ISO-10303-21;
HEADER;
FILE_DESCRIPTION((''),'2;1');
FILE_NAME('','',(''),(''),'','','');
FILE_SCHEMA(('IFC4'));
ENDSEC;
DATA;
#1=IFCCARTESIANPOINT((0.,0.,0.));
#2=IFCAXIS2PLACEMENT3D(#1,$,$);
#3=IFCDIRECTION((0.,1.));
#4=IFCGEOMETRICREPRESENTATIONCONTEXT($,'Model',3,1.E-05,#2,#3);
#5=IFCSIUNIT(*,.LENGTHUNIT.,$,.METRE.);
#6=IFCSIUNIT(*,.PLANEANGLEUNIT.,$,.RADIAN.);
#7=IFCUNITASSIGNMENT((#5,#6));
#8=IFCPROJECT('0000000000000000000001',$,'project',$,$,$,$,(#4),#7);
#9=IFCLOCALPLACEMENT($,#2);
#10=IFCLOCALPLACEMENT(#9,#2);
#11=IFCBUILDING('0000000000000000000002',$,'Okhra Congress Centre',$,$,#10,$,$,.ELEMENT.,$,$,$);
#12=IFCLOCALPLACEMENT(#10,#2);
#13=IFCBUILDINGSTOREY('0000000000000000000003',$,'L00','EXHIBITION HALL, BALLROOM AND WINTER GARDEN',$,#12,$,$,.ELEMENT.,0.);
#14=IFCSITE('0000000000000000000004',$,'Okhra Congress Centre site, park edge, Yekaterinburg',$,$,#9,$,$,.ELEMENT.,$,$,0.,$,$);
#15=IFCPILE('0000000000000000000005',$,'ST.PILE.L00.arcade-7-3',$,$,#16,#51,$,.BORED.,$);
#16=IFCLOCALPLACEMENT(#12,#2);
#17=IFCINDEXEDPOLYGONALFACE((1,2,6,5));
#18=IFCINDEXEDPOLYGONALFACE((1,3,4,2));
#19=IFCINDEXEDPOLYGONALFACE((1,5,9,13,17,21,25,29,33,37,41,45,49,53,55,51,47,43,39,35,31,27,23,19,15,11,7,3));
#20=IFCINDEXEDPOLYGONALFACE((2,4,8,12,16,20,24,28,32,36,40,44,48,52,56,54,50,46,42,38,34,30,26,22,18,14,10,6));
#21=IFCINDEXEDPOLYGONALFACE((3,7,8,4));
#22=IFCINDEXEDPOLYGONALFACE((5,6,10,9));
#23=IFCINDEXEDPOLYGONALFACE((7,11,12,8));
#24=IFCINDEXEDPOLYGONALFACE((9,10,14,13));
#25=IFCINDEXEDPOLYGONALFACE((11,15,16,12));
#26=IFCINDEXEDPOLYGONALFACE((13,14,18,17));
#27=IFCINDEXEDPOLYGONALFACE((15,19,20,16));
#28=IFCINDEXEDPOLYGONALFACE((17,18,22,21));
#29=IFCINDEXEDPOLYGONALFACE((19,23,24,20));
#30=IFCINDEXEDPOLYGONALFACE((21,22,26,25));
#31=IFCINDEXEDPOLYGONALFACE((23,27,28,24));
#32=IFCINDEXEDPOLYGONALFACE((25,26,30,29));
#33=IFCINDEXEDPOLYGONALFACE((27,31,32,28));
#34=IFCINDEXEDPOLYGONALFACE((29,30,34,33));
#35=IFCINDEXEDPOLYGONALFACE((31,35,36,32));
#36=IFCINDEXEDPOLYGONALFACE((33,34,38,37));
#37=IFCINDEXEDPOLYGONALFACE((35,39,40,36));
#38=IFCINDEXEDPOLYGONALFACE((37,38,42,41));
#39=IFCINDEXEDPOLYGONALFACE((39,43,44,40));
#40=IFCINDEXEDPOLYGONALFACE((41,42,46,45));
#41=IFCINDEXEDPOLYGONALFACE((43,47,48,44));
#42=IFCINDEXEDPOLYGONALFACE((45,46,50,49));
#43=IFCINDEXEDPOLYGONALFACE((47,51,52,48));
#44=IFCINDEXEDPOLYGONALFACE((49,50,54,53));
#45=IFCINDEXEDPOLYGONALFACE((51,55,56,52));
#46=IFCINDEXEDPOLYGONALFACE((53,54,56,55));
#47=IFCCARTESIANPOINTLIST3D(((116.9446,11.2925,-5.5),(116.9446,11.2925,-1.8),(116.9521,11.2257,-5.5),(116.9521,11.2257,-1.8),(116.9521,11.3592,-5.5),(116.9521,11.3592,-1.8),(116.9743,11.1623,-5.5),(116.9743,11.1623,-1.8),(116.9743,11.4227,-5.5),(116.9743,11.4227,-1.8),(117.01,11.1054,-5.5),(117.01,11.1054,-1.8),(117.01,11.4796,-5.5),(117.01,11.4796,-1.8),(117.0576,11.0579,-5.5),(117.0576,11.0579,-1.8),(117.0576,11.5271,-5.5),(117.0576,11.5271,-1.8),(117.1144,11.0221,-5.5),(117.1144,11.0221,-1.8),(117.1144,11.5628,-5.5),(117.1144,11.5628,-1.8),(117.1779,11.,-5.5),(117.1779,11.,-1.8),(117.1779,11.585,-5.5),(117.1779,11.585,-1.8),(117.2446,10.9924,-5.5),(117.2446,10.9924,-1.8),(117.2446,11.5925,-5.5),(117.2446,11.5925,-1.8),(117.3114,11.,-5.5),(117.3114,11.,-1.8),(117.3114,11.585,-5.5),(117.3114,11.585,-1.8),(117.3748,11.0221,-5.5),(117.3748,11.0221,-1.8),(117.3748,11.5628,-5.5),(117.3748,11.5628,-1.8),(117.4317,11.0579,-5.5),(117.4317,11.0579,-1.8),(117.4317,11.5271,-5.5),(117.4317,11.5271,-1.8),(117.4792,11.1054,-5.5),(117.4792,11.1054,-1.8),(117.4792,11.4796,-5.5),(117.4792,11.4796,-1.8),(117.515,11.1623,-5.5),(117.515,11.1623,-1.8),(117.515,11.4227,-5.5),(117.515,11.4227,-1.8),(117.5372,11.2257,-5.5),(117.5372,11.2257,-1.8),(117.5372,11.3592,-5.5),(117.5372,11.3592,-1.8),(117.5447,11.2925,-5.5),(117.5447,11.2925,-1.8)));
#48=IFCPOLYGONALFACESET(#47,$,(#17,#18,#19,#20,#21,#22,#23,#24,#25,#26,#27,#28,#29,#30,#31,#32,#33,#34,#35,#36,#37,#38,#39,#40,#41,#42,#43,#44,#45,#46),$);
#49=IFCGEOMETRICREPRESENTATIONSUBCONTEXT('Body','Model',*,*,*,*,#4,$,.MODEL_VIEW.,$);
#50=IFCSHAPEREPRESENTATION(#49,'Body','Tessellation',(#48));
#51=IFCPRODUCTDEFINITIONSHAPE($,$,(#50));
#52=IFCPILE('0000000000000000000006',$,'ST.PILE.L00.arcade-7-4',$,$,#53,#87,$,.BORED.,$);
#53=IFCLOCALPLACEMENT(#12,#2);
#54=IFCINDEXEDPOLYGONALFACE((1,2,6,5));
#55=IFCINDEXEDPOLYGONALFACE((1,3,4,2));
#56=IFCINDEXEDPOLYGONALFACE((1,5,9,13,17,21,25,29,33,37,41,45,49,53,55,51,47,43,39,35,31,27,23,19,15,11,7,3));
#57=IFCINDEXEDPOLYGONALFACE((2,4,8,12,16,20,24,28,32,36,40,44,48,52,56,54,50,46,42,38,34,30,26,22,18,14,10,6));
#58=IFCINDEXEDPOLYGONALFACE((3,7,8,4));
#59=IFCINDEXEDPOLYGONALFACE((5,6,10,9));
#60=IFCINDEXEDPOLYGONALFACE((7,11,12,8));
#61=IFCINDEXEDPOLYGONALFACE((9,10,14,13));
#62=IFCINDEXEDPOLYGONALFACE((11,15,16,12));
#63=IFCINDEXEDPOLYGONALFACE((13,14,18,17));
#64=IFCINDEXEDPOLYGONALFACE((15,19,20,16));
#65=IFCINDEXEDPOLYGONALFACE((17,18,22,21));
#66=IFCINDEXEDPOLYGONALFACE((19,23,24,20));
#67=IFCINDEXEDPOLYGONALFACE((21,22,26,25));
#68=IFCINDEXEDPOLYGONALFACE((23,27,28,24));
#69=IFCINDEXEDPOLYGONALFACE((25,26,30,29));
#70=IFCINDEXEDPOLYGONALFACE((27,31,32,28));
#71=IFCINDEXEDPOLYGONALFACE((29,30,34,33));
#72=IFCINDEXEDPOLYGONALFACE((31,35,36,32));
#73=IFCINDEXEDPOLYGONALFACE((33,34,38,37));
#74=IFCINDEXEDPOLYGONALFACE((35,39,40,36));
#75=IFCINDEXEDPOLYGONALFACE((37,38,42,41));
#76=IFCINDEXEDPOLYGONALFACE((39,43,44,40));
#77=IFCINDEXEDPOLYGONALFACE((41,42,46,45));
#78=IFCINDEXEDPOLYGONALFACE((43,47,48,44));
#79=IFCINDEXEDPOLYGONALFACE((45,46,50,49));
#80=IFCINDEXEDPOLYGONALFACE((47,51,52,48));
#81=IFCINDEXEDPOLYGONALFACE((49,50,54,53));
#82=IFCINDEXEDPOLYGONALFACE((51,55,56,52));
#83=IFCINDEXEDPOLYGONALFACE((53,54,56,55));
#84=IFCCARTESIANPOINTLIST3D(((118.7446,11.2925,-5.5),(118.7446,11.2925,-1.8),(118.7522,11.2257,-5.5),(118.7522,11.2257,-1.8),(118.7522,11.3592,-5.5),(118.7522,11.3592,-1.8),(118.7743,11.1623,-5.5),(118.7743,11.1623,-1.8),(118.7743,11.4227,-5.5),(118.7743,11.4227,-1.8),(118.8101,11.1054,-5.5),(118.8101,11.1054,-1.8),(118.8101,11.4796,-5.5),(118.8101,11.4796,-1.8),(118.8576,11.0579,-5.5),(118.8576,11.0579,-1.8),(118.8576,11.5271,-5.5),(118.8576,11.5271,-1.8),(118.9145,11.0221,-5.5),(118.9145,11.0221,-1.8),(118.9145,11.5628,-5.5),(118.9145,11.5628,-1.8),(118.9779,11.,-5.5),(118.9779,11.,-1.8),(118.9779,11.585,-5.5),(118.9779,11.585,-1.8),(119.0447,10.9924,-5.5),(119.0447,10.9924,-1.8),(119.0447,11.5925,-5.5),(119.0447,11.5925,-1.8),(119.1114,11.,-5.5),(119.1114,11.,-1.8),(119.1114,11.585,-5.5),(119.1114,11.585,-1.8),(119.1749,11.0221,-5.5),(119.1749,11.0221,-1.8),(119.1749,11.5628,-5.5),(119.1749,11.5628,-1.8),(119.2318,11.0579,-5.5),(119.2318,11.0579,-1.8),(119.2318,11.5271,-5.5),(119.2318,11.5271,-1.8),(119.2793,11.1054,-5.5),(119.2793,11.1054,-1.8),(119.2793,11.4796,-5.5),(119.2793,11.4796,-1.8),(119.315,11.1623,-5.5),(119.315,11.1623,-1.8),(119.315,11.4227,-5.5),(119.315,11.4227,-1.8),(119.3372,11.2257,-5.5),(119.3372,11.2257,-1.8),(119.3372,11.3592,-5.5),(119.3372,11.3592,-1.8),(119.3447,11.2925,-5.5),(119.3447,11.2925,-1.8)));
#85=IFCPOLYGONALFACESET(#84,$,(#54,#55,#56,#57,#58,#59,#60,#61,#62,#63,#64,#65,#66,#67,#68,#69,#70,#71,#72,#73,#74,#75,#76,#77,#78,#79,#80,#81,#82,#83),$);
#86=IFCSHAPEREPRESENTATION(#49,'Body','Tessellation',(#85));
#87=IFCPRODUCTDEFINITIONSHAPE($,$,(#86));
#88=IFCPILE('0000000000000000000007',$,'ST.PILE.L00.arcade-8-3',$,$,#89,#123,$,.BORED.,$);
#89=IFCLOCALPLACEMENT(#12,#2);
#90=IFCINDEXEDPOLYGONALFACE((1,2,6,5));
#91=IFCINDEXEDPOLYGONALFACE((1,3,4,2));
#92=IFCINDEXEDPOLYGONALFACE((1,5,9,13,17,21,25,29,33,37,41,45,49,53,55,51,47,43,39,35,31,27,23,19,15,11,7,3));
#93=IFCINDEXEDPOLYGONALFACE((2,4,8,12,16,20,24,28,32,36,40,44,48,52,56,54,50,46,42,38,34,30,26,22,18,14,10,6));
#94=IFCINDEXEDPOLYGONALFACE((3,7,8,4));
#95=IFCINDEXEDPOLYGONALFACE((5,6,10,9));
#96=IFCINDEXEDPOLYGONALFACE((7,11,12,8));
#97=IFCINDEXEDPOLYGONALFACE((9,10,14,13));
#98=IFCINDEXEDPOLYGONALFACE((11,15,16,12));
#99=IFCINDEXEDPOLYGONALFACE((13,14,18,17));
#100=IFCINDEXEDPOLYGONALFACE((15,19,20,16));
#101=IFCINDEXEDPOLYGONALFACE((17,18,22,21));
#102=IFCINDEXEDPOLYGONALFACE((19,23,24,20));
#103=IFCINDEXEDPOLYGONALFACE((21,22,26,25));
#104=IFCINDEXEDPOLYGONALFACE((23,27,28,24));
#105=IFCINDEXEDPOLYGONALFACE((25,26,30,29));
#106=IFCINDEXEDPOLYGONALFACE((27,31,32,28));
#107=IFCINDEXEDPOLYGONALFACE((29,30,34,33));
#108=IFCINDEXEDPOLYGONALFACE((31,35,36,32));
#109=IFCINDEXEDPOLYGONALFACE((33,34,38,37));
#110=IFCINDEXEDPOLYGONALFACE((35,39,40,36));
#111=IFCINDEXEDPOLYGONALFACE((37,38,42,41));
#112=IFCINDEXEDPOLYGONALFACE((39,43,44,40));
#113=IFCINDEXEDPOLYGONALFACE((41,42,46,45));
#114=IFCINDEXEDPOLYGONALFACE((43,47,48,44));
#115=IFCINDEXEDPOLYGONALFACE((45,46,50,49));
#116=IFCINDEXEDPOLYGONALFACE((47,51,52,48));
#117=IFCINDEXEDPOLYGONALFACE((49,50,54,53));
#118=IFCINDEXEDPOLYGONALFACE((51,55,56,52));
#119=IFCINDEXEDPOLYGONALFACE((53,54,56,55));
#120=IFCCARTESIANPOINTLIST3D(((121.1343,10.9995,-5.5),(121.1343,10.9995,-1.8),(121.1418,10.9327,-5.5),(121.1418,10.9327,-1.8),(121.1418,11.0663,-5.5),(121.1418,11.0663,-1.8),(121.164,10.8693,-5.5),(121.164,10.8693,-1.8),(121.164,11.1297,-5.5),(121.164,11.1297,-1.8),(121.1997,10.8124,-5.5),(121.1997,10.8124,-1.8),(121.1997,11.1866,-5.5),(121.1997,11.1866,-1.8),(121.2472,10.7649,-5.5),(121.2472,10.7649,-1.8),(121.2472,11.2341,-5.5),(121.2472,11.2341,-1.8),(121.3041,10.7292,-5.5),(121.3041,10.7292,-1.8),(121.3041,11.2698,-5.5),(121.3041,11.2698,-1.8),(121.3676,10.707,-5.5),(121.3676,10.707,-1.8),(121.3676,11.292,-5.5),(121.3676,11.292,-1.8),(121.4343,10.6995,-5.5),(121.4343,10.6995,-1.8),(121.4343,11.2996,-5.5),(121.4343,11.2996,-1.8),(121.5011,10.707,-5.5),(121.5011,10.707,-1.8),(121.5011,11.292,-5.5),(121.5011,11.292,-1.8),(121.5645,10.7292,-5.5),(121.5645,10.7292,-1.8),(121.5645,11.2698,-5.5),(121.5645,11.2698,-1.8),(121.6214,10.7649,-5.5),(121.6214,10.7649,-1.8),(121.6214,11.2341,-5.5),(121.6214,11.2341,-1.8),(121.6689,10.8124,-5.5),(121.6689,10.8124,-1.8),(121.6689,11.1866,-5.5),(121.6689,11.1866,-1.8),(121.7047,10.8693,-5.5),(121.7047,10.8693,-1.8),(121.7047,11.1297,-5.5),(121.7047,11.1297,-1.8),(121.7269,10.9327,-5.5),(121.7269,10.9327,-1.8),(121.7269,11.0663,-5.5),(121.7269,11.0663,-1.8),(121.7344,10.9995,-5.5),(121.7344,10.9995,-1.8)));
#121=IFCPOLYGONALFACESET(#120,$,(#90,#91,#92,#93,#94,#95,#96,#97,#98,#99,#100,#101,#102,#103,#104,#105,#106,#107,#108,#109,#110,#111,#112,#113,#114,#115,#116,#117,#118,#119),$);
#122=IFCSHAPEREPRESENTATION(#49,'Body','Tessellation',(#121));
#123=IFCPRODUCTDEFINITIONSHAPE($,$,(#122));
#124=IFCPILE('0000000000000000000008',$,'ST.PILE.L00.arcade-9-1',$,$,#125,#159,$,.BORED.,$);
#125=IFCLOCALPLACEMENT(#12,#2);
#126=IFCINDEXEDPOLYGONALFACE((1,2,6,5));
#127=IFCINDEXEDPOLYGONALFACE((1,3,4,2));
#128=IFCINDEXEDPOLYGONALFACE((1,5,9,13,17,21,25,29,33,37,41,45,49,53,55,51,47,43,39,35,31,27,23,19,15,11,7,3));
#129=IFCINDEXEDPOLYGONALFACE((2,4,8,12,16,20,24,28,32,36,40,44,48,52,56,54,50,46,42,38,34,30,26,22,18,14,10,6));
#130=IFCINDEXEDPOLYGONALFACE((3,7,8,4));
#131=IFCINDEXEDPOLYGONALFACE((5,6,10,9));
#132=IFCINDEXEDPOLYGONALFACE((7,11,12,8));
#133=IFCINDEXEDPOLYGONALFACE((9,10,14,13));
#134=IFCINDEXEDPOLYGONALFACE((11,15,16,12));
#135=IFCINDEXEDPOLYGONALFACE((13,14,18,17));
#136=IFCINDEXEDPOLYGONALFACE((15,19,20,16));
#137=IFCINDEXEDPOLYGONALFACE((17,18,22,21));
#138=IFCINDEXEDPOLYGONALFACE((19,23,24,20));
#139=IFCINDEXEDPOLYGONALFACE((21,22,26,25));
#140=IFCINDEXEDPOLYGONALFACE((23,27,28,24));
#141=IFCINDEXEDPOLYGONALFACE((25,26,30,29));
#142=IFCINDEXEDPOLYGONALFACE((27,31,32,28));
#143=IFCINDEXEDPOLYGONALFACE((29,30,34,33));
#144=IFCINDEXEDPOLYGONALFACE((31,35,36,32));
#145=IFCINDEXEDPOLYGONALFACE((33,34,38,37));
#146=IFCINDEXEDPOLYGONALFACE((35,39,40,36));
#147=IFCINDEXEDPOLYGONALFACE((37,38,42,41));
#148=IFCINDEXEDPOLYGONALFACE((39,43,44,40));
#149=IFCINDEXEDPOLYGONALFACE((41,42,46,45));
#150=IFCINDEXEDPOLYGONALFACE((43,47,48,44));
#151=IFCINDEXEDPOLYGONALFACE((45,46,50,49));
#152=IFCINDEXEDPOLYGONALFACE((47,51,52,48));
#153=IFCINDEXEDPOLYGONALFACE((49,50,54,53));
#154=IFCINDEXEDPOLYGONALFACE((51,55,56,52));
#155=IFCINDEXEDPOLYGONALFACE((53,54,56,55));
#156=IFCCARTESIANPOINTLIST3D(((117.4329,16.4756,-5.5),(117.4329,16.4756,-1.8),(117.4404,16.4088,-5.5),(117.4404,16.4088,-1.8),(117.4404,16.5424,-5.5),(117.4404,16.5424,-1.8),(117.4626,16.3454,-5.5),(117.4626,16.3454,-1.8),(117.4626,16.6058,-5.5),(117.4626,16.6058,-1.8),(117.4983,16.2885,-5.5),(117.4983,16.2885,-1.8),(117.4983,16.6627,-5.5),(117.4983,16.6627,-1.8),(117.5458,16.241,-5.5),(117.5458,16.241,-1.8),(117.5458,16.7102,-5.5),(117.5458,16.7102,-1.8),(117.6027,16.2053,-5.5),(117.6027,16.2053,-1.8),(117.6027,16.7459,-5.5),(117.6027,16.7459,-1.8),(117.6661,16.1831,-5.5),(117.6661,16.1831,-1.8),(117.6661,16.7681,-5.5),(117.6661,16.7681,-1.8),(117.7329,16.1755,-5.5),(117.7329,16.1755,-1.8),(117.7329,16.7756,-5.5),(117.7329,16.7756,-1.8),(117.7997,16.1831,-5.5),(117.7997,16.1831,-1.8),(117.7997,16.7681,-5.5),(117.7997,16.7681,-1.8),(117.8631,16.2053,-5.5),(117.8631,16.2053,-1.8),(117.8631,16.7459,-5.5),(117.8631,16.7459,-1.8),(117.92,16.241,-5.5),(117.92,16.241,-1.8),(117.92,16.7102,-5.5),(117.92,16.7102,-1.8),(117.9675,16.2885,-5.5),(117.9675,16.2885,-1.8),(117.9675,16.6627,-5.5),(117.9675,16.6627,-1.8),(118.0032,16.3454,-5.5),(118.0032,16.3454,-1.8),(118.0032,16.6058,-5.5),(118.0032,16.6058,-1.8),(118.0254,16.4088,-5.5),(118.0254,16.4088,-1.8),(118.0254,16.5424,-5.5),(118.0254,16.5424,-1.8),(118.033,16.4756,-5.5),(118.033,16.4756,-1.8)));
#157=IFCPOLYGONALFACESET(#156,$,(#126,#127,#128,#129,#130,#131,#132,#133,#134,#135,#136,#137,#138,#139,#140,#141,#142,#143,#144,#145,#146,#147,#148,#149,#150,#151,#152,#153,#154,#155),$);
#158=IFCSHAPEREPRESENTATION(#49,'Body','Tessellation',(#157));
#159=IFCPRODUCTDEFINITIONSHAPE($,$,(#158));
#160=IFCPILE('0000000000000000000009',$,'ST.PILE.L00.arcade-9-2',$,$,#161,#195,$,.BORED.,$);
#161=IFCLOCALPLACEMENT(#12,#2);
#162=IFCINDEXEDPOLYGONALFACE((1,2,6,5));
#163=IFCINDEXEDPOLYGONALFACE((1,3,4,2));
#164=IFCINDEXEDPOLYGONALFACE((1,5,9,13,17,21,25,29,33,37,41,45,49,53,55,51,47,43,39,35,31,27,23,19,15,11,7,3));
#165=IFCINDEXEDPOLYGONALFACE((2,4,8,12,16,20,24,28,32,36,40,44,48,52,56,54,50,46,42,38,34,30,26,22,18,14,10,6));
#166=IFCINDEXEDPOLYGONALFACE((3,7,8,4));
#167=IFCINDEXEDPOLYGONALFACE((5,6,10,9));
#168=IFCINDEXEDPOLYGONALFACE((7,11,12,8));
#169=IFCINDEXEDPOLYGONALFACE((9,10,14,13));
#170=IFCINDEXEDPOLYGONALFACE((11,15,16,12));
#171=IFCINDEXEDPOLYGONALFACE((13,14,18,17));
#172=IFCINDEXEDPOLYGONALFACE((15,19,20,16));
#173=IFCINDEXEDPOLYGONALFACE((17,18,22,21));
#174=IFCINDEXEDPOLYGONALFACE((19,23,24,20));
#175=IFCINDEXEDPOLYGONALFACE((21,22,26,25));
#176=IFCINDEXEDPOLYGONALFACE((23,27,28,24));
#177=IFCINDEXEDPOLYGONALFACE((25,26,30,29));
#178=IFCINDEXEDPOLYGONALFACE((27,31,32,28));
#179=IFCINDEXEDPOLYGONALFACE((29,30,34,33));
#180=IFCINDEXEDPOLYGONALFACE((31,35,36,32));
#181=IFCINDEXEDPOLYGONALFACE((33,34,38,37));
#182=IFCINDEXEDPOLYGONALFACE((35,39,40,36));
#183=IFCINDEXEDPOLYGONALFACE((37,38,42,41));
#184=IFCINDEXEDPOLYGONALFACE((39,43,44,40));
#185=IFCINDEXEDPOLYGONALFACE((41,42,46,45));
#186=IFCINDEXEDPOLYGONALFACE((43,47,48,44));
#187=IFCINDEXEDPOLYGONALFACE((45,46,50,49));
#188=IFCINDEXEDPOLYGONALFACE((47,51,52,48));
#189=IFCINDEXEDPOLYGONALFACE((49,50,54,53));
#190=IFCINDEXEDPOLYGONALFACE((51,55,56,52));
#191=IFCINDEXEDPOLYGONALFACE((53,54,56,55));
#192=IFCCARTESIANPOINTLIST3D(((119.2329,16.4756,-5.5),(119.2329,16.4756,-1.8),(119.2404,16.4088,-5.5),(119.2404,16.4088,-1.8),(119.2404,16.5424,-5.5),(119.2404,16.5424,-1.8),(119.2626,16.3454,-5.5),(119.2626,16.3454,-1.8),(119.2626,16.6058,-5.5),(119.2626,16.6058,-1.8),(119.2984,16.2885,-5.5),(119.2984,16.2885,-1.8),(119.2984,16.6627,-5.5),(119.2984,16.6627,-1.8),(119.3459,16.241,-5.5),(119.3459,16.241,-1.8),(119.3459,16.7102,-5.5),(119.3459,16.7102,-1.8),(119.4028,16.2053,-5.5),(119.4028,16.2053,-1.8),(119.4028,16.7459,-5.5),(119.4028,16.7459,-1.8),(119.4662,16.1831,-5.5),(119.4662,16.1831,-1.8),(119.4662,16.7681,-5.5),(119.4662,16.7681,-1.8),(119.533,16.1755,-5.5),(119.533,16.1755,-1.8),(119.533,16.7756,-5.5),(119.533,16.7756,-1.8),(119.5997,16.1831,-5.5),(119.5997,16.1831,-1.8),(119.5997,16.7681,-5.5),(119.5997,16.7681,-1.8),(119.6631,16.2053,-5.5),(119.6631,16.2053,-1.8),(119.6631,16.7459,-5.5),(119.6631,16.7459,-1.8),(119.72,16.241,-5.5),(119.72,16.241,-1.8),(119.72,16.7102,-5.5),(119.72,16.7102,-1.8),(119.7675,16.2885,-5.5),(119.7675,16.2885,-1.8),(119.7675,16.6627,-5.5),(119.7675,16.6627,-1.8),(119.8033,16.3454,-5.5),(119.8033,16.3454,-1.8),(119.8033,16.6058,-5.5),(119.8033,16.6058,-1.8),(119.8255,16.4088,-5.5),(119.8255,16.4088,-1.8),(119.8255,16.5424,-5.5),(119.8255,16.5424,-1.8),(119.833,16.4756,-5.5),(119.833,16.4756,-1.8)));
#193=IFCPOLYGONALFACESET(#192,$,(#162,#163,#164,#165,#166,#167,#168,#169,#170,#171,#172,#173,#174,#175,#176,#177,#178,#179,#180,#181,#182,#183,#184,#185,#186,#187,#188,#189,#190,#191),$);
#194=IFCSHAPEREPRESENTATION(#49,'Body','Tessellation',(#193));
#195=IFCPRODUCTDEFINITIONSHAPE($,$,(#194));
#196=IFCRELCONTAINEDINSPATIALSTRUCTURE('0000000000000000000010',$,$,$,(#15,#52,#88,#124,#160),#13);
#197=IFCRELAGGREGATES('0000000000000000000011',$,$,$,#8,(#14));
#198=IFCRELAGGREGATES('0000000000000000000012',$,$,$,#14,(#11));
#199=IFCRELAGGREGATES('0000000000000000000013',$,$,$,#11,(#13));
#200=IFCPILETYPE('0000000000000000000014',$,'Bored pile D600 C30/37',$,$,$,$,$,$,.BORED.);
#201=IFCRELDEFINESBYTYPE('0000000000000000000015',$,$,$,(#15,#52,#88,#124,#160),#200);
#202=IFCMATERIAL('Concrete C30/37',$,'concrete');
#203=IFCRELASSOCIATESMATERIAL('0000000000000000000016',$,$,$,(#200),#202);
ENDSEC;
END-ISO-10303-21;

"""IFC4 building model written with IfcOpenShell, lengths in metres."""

from ifc_helpers import new_model, si_unit, direction, frame, origin, origin_2d, place, context, subcontext, project, spatial, circle, extrude, material, material_profile, profile_set, type_object, element, save


model = new_model("IFC4")

# Units and contexts
model_context = context("Model", 3, precision=1e-05, world=origin(), true_north=direction((0.0, 1.0)))
body_context = subcontext(model_context, "Body", "Model", "MODEL_VIEW")
ifc_project = project(units=[si_unit("LENGTHUNIT", "METRE"), si_unit("PLANEANGLEUNIT", "RADIAN")], contexts=[model_context])

# Site, building, storey
site_placement = place(None, origin())
site = spatial("IfcSite", under=ifc_project, at=site_placement, Name="Okhra Congress Centre site, park edge, Yekaterinburg", CompositionType="ELEMENT", RefElevation=0.0)
building_placement = place(site_placement, origin())
building = spatial("IfcBuilding", under=site, at=building_placement, Name="Okhra Congress Centre", CompositionType="ELEMENT")
storey_placement = place(building_placement, origin())
storey = spatial("IfcBuildingStorey", under=building, at=storey_placement, Name="L00", Description="EXHIBITION HALL, BALLROOM AND WINTER GARDEN", CompositionType="ELEMENT", Elevation=0.0)

# Piles
ifc_material_1 = material(Name="Concrete C30/37", Category="concrete")
ifc_material_profile_1 = material_profile(ifc_material_1, circle(Radius=0.3, at=origin_2d()), Name="D600")
ifc_profile_set_1 = profile_set([ifc_material_profile_1], Name="Concrete C30/37")
pile_type = type_object("IfcPileType", Name="Bored pile D600 C30/37", PredefinedType="BORED", material=ifc_profile_set_1)
for number, where, z_axis, x_axis, name in (
    (1, (117.2446, 11.2925, -1.8), (0.0, 0.0, -1.0), (1.0, 0.0, 0.0), "ST.PILE.L00.arcade-7-3"),
    (2, (119.0447, 11.2925, -1.8), (0.0, 0.0, -1.0), (1.0, 0.0, 0.0), "ST.PILE.L00.arcade-7-4"),
    (3, (121.4343, 10.9995, -1.8), (0.0, 0.0, -1.0), (1.0, 0.0, 0.0), "ST.PILE.L00.arcade-8-3"),
    (4, (117.7329, 16.4756, -1.8), (0.0, 0.0, -1.0), (1.0, 0.0, 0.0), "ST.PILE.L00.arcade-9-1"),
    (5, (119.533, 16.4756, -1.8), (0.0, 0.0, -1.0), (1.0, 0.0, 0.0), "ST.PILE.L00.arcade-9-2"),
):
    element("IfcPile", number, at=place(storey_placement, frame(where, z_axis=z_axis, x_axis=x_axis)), inside=storey, type_object=pile_type, Name=name, PredefinedType="BORED", context=body_context, shape_type="SweptSolid", body=[
        extrude(circle(Radius=0.3, at=origin_2d()), origin(), (0.0, 0.0, 1.0), 3.7),
    ])

save(model, "model.ifc")
